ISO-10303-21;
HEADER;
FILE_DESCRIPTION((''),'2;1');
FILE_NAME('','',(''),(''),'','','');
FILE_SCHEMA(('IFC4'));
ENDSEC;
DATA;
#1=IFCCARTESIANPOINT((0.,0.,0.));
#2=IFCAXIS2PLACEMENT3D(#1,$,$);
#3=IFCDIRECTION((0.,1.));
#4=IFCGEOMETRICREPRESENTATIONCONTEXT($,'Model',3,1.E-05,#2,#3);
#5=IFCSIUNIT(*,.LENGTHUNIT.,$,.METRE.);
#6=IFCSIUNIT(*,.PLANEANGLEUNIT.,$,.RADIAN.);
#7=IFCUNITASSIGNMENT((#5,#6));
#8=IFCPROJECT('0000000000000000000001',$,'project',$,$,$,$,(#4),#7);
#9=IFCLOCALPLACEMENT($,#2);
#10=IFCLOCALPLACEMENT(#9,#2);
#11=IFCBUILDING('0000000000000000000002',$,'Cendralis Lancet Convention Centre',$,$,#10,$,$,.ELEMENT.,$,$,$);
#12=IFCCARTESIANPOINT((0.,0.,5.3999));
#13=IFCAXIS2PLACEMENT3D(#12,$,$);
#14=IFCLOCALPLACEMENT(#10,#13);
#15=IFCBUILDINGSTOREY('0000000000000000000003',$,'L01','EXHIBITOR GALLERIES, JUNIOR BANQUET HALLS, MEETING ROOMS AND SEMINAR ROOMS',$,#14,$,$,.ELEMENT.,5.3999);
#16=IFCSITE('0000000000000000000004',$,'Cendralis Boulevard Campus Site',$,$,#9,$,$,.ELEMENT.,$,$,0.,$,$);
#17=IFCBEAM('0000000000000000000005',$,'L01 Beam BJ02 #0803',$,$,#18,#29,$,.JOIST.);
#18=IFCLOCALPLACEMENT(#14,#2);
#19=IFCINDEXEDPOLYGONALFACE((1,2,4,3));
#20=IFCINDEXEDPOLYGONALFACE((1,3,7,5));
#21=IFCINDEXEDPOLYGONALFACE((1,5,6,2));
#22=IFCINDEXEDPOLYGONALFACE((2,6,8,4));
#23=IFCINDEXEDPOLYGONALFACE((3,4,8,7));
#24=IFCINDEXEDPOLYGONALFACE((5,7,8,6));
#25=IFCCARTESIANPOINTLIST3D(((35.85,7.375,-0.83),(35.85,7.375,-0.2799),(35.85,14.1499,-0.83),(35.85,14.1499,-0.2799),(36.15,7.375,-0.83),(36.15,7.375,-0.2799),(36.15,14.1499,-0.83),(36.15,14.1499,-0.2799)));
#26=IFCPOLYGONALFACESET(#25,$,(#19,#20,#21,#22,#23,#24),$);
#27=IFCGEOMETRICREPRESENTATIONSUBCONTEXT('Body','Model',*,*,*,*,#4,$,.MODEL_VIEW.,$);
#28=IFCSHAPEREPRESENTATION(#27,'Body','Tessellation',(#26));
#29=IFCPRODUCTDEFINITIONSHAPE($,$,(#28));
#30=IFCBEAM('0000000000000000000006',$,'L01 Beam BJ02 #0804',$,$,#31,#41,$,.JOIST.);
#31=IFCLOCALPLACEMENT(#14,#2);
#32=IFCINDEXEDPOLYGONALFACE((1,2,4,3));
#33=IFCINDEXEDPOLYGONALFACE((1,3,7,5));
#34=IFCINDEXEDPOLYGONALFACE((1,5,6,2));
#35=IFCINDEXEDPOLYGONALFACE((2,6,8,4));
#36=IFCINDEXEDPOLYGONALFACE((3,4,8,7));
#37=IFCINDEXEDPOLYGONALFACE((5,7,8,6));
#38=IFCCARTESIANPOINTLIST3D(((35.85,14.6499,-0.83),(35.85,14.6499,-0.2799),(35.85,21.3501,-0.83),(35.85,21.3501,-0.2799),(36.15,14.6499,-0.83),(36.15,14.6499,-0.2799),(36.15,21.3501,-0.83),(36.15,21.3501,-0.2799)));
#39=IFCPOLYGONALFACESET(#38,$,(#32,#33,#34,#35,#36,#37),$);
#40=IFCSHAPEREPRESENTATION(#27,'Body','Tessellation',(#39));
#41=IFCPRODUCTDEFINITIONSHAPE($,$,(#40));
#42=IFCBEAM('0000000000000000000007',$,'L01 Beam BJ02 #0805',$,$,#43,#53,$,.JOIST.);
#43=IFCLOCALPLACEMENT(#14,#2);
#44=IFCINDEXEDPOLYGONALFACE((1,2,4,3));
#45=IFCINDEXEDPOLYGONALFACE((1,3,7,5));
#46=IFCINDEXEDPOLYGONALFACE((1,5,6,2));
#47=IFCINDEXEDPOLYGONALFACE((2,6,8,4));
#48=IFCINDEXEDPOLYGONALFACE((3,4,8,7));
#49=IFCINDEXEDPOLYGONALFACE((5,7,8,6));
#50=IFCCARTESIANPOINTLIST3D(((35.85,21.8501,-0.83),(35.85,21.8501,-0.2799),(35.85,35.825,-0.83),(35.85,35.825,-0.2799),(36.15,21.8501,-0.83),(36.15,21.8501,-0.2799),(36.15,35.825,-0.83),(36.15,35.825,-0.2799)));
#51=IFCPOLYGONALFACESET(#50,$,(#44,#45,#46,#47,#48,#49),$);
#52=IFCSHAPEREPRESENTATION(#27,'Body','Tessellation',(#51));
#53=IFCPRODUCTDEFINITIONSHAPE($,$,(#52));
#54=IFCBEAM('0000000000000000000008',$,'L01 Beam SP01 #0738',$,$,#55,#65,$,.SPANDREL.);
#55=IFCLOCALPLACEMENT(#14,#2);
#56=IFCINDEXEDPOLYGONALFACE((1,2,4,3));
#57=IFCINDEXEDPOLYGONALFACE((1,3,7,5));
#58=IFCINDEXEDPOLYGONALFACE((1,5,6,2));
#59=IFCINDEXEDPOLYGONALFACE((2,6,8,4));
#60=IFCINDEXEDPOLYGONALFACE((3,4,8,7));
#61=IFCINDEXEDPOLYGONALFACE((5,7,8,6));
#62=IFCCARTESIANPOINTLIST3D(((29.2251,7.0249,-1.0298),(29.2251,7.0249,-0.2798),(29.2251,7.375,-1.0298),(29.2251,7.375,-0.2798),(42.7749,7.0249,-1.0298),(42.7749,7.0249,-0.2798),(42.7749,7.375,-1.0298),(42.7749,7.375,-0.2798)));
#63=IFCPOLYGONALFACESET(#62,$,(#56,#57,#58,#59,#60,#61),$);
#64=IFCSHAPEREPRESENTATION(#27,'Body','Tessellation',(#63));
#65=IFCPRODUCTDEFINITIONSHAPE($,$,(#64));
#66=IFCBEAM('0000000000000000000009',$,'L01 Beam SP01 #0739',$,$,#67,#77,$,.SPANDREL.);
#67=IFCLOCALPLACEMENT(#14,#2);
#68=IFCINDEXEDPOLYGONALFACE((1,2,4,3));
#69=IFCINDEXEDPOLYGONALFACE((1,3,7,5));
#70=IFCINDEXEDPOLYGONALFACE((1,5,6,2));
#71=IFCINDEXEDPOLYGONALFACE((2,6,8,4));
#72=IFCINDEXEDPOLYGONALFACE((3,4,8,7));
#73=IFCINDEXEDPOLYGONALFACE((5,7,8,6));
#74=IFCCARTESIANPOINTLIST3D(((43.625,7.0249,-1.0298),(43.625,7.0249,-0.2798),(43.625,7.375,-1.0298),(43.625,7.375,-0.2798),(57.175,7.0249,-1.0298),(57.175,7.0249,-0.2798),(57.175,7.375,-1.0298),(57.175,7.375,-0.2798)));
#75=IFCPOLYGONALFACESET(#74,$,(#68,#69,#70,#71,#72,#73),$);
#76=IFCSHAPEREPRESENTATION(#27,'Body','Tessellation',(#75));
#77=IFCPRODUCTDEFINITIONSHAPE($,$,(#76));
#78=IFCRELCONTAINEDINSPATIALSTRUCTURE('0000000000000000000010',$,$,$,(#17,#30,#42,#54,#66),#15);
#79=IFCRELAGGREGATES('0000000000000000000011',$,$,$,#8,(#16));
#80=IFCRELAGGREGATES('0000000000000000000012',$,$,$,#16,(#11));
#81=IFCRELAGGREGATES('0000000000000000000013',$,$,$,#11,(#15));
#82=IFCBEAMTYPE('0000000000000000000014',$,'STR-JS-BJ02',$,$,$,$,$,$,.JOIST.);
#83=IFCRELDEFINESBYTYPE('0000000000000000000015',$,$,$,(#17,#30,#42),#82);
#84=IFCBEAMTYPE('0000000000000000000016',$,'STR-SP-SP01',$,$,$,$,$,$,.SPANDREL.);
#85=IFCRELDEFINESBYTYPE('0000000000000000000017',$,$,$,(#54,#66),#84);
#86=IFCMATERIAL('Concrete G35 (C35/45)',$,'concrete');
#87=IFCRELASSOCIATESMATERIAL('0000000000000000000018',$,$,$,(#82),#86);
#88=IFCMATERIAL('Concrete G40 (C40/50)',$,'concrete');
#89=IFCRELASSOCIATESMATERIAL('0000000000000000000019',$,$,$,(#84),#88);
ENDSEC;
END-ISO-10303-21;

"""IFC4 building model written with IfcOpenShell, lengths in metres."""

from ifc_helpers import new_model, si_unit, direction, frame, origin, origin_2d, place, context, subcontext, project, spatial, rectangle, extrude, material, material_profile, profile_set, type_object, element, save


model = new_model("IFC4")

# Units and contexts
model_context = context("Model", 3, precision=1e-05, world=origin(), true_north=direction((0.0, 1.0)))
body_context = subcontext(model_context, "Body", "Model", "MODEL_VIEW")
ifc_project = project(units=[si_unit("LENGTHUNIT", "METRE"), si_unit("PLANEANGLEUNIT", "RADIAN")], contexts=[model_context])

# Site, building, storey
site_placement = place(None, origin())
site = spatial("IfcSite", under=ifc_project, at=site_placement, Name="Cendralis Boulevard Campus Site", CompositionType="ELEMENT", RefElevation=0.0)
building_placement = place(site_placement, origin())
building = spatial("IfcBuilding", under=site, at=building_placement, Name="Cendralis Lancet Convention Centre", CompositionType="ELEMENT")
storey_placement = place(building_placement, frame((0.0, 0.0, 5.3999)))
storey = spatial("IfcBuildingStorey", under=building, at=storey_placement, Name="L01", Description="EXHIBITOR GALLERIES, JUNIOR BANQUET HALLS, MEETING ROOMS AND SEMINAR ROOMS", CompositionType="ELEMENT", Elevation=5.3999)

# Beams
ifc_material_1 = material(Name="Concrete G40 (C40/50)", Category="concrete")
ifc_material_2 = material(Name="Concrete G35 (C35/45)", Category="concrete")
ifc_material_profile_1 = material_profile(ifc_material_2, rectangle(XDim=0.3, YDim=0.55, at=origin_2d()), Name="RCB 300x550")
ifc_profile_set_1 = profile_set([ifc_material_profile_1], Name="Concrete G35 (C35/45)")
beam_type_1 = type_object("IfcBeamType", Name="STR-JS-BJ02", PredefinedType="JOIST", material=ifc_profile_set_1)
beam_1_placement = place(storey_placement, frame((36.0, 7.375, -0.5549), z_axis=(0.0, 1.0, 0.0), x_axis=(-1.0, 0.0, 0.0)))
element("IfcBeam", 1, at=beam_1_placement, inside=storey, type_object=beam_type_1, Name="L01 Beam BJ02 #0803", PredefinedType="JOIST", context=body_context, shape_type="SweptSolid", body=[
    extrude(rectangle(XDim=0.3, YDim=0.55, at=origin_2d()), origin(), (0.0, 0.0, 1.0), 6.7749),
])
beam_2_placement = place(storey_placement, frame((36.0, 14.6499, -0.5549), z_axis=(0.0, 1.0, 0.0), x_axis=(-1.0, 0.0, 0.0)))
element("IfcBeam", 2, at=beam_2_placement, inside=storey, type_object=beam_type_1, Name="L01 Beam BJ02 #0804", PredefinedType="JOIST", context=body_context, shape_type="SweptSolid", body=[
    extrude(rectangle(XDim=0.3, YDim=0.55, at=origin_2d()), origin(), (0.0, 0.0, 1.0), 6.7002),
])
beam_3_placement = place(storey_placement, frame((36.0, 21.8501, -0.5549), z_axis=(0.0, 1.0, 0.0), x_axis=(-1.0, 0.0, 0.0)))
element("IfcBeam", 3, at=beam_3_placement, inside=storey, type_object=beam_type_1, Name="L01 Beam BJ02 #0805", PredefinedType="JOIST", context=body_context, shape_type="SweptSolid", body=[
    extrude(rectangle(XDim=0.3, YDim=0.55, at=origin_2d()), origin(), (0.0, 0.0, 1.0), 13.9749),
])
ifc_material_profile_2 = material_profile(ifc_material_1, rectangle(XDim=0.3501, YDim=0.75, at=origin_2d()), Name="RCB 350x750")
ifc_profile_set_2 = profile_set([ifc_material_profile_2], Name="Concrete G40 (C40/50)")
beam_type_2 = type_object("IfcBeamType", Name="STR-SP-SP01", PredefinedType="SPANDREL", material=ifc_profile_set_2)
beam_4_placement = place(storey_placement, frame((29.2251, 7.2, -0.6548), z_axis=(1.0, 0.0, 0.0), x_axis=(0.0, 1.0, 0.0)))
element("IfcBeam", 4, at=beam_4_placement, inside=storey, type_object=beam_type_2, Name="L01 Beam SP01 #0738", PredefinedType="SPANDREL", context=body_context, shape_type="SweptSolid", body=[
    extrude(rectangle(XDim=0.3501, YDim=0.75, at=origin_2d()), origin(), (0.0, 0.0, 1.0), 13.5498),
])
beam_5_placement = place(storey_placement, frame((43.625, 7.2, -0.6548), z_axis=(1.0, 0.0, 0.0), x_axis=(0.0, 1.0, 0.0)))
element("IfcBeam", 5, at=beam_5_placement, inside=storey, type_object=beam_type_2, Name="L01 Beam SP01 #0739", PredefinedType="SPANDREL", context=body_context, shape_type="SweptSolid", body=[
    extrude(rectangle(XDim=0.3501, YDim=0.75, at=origin_2d()), origin(), (0.0, 0.0, 1.0), 13.55),
])

save(model, "model.ifc")
